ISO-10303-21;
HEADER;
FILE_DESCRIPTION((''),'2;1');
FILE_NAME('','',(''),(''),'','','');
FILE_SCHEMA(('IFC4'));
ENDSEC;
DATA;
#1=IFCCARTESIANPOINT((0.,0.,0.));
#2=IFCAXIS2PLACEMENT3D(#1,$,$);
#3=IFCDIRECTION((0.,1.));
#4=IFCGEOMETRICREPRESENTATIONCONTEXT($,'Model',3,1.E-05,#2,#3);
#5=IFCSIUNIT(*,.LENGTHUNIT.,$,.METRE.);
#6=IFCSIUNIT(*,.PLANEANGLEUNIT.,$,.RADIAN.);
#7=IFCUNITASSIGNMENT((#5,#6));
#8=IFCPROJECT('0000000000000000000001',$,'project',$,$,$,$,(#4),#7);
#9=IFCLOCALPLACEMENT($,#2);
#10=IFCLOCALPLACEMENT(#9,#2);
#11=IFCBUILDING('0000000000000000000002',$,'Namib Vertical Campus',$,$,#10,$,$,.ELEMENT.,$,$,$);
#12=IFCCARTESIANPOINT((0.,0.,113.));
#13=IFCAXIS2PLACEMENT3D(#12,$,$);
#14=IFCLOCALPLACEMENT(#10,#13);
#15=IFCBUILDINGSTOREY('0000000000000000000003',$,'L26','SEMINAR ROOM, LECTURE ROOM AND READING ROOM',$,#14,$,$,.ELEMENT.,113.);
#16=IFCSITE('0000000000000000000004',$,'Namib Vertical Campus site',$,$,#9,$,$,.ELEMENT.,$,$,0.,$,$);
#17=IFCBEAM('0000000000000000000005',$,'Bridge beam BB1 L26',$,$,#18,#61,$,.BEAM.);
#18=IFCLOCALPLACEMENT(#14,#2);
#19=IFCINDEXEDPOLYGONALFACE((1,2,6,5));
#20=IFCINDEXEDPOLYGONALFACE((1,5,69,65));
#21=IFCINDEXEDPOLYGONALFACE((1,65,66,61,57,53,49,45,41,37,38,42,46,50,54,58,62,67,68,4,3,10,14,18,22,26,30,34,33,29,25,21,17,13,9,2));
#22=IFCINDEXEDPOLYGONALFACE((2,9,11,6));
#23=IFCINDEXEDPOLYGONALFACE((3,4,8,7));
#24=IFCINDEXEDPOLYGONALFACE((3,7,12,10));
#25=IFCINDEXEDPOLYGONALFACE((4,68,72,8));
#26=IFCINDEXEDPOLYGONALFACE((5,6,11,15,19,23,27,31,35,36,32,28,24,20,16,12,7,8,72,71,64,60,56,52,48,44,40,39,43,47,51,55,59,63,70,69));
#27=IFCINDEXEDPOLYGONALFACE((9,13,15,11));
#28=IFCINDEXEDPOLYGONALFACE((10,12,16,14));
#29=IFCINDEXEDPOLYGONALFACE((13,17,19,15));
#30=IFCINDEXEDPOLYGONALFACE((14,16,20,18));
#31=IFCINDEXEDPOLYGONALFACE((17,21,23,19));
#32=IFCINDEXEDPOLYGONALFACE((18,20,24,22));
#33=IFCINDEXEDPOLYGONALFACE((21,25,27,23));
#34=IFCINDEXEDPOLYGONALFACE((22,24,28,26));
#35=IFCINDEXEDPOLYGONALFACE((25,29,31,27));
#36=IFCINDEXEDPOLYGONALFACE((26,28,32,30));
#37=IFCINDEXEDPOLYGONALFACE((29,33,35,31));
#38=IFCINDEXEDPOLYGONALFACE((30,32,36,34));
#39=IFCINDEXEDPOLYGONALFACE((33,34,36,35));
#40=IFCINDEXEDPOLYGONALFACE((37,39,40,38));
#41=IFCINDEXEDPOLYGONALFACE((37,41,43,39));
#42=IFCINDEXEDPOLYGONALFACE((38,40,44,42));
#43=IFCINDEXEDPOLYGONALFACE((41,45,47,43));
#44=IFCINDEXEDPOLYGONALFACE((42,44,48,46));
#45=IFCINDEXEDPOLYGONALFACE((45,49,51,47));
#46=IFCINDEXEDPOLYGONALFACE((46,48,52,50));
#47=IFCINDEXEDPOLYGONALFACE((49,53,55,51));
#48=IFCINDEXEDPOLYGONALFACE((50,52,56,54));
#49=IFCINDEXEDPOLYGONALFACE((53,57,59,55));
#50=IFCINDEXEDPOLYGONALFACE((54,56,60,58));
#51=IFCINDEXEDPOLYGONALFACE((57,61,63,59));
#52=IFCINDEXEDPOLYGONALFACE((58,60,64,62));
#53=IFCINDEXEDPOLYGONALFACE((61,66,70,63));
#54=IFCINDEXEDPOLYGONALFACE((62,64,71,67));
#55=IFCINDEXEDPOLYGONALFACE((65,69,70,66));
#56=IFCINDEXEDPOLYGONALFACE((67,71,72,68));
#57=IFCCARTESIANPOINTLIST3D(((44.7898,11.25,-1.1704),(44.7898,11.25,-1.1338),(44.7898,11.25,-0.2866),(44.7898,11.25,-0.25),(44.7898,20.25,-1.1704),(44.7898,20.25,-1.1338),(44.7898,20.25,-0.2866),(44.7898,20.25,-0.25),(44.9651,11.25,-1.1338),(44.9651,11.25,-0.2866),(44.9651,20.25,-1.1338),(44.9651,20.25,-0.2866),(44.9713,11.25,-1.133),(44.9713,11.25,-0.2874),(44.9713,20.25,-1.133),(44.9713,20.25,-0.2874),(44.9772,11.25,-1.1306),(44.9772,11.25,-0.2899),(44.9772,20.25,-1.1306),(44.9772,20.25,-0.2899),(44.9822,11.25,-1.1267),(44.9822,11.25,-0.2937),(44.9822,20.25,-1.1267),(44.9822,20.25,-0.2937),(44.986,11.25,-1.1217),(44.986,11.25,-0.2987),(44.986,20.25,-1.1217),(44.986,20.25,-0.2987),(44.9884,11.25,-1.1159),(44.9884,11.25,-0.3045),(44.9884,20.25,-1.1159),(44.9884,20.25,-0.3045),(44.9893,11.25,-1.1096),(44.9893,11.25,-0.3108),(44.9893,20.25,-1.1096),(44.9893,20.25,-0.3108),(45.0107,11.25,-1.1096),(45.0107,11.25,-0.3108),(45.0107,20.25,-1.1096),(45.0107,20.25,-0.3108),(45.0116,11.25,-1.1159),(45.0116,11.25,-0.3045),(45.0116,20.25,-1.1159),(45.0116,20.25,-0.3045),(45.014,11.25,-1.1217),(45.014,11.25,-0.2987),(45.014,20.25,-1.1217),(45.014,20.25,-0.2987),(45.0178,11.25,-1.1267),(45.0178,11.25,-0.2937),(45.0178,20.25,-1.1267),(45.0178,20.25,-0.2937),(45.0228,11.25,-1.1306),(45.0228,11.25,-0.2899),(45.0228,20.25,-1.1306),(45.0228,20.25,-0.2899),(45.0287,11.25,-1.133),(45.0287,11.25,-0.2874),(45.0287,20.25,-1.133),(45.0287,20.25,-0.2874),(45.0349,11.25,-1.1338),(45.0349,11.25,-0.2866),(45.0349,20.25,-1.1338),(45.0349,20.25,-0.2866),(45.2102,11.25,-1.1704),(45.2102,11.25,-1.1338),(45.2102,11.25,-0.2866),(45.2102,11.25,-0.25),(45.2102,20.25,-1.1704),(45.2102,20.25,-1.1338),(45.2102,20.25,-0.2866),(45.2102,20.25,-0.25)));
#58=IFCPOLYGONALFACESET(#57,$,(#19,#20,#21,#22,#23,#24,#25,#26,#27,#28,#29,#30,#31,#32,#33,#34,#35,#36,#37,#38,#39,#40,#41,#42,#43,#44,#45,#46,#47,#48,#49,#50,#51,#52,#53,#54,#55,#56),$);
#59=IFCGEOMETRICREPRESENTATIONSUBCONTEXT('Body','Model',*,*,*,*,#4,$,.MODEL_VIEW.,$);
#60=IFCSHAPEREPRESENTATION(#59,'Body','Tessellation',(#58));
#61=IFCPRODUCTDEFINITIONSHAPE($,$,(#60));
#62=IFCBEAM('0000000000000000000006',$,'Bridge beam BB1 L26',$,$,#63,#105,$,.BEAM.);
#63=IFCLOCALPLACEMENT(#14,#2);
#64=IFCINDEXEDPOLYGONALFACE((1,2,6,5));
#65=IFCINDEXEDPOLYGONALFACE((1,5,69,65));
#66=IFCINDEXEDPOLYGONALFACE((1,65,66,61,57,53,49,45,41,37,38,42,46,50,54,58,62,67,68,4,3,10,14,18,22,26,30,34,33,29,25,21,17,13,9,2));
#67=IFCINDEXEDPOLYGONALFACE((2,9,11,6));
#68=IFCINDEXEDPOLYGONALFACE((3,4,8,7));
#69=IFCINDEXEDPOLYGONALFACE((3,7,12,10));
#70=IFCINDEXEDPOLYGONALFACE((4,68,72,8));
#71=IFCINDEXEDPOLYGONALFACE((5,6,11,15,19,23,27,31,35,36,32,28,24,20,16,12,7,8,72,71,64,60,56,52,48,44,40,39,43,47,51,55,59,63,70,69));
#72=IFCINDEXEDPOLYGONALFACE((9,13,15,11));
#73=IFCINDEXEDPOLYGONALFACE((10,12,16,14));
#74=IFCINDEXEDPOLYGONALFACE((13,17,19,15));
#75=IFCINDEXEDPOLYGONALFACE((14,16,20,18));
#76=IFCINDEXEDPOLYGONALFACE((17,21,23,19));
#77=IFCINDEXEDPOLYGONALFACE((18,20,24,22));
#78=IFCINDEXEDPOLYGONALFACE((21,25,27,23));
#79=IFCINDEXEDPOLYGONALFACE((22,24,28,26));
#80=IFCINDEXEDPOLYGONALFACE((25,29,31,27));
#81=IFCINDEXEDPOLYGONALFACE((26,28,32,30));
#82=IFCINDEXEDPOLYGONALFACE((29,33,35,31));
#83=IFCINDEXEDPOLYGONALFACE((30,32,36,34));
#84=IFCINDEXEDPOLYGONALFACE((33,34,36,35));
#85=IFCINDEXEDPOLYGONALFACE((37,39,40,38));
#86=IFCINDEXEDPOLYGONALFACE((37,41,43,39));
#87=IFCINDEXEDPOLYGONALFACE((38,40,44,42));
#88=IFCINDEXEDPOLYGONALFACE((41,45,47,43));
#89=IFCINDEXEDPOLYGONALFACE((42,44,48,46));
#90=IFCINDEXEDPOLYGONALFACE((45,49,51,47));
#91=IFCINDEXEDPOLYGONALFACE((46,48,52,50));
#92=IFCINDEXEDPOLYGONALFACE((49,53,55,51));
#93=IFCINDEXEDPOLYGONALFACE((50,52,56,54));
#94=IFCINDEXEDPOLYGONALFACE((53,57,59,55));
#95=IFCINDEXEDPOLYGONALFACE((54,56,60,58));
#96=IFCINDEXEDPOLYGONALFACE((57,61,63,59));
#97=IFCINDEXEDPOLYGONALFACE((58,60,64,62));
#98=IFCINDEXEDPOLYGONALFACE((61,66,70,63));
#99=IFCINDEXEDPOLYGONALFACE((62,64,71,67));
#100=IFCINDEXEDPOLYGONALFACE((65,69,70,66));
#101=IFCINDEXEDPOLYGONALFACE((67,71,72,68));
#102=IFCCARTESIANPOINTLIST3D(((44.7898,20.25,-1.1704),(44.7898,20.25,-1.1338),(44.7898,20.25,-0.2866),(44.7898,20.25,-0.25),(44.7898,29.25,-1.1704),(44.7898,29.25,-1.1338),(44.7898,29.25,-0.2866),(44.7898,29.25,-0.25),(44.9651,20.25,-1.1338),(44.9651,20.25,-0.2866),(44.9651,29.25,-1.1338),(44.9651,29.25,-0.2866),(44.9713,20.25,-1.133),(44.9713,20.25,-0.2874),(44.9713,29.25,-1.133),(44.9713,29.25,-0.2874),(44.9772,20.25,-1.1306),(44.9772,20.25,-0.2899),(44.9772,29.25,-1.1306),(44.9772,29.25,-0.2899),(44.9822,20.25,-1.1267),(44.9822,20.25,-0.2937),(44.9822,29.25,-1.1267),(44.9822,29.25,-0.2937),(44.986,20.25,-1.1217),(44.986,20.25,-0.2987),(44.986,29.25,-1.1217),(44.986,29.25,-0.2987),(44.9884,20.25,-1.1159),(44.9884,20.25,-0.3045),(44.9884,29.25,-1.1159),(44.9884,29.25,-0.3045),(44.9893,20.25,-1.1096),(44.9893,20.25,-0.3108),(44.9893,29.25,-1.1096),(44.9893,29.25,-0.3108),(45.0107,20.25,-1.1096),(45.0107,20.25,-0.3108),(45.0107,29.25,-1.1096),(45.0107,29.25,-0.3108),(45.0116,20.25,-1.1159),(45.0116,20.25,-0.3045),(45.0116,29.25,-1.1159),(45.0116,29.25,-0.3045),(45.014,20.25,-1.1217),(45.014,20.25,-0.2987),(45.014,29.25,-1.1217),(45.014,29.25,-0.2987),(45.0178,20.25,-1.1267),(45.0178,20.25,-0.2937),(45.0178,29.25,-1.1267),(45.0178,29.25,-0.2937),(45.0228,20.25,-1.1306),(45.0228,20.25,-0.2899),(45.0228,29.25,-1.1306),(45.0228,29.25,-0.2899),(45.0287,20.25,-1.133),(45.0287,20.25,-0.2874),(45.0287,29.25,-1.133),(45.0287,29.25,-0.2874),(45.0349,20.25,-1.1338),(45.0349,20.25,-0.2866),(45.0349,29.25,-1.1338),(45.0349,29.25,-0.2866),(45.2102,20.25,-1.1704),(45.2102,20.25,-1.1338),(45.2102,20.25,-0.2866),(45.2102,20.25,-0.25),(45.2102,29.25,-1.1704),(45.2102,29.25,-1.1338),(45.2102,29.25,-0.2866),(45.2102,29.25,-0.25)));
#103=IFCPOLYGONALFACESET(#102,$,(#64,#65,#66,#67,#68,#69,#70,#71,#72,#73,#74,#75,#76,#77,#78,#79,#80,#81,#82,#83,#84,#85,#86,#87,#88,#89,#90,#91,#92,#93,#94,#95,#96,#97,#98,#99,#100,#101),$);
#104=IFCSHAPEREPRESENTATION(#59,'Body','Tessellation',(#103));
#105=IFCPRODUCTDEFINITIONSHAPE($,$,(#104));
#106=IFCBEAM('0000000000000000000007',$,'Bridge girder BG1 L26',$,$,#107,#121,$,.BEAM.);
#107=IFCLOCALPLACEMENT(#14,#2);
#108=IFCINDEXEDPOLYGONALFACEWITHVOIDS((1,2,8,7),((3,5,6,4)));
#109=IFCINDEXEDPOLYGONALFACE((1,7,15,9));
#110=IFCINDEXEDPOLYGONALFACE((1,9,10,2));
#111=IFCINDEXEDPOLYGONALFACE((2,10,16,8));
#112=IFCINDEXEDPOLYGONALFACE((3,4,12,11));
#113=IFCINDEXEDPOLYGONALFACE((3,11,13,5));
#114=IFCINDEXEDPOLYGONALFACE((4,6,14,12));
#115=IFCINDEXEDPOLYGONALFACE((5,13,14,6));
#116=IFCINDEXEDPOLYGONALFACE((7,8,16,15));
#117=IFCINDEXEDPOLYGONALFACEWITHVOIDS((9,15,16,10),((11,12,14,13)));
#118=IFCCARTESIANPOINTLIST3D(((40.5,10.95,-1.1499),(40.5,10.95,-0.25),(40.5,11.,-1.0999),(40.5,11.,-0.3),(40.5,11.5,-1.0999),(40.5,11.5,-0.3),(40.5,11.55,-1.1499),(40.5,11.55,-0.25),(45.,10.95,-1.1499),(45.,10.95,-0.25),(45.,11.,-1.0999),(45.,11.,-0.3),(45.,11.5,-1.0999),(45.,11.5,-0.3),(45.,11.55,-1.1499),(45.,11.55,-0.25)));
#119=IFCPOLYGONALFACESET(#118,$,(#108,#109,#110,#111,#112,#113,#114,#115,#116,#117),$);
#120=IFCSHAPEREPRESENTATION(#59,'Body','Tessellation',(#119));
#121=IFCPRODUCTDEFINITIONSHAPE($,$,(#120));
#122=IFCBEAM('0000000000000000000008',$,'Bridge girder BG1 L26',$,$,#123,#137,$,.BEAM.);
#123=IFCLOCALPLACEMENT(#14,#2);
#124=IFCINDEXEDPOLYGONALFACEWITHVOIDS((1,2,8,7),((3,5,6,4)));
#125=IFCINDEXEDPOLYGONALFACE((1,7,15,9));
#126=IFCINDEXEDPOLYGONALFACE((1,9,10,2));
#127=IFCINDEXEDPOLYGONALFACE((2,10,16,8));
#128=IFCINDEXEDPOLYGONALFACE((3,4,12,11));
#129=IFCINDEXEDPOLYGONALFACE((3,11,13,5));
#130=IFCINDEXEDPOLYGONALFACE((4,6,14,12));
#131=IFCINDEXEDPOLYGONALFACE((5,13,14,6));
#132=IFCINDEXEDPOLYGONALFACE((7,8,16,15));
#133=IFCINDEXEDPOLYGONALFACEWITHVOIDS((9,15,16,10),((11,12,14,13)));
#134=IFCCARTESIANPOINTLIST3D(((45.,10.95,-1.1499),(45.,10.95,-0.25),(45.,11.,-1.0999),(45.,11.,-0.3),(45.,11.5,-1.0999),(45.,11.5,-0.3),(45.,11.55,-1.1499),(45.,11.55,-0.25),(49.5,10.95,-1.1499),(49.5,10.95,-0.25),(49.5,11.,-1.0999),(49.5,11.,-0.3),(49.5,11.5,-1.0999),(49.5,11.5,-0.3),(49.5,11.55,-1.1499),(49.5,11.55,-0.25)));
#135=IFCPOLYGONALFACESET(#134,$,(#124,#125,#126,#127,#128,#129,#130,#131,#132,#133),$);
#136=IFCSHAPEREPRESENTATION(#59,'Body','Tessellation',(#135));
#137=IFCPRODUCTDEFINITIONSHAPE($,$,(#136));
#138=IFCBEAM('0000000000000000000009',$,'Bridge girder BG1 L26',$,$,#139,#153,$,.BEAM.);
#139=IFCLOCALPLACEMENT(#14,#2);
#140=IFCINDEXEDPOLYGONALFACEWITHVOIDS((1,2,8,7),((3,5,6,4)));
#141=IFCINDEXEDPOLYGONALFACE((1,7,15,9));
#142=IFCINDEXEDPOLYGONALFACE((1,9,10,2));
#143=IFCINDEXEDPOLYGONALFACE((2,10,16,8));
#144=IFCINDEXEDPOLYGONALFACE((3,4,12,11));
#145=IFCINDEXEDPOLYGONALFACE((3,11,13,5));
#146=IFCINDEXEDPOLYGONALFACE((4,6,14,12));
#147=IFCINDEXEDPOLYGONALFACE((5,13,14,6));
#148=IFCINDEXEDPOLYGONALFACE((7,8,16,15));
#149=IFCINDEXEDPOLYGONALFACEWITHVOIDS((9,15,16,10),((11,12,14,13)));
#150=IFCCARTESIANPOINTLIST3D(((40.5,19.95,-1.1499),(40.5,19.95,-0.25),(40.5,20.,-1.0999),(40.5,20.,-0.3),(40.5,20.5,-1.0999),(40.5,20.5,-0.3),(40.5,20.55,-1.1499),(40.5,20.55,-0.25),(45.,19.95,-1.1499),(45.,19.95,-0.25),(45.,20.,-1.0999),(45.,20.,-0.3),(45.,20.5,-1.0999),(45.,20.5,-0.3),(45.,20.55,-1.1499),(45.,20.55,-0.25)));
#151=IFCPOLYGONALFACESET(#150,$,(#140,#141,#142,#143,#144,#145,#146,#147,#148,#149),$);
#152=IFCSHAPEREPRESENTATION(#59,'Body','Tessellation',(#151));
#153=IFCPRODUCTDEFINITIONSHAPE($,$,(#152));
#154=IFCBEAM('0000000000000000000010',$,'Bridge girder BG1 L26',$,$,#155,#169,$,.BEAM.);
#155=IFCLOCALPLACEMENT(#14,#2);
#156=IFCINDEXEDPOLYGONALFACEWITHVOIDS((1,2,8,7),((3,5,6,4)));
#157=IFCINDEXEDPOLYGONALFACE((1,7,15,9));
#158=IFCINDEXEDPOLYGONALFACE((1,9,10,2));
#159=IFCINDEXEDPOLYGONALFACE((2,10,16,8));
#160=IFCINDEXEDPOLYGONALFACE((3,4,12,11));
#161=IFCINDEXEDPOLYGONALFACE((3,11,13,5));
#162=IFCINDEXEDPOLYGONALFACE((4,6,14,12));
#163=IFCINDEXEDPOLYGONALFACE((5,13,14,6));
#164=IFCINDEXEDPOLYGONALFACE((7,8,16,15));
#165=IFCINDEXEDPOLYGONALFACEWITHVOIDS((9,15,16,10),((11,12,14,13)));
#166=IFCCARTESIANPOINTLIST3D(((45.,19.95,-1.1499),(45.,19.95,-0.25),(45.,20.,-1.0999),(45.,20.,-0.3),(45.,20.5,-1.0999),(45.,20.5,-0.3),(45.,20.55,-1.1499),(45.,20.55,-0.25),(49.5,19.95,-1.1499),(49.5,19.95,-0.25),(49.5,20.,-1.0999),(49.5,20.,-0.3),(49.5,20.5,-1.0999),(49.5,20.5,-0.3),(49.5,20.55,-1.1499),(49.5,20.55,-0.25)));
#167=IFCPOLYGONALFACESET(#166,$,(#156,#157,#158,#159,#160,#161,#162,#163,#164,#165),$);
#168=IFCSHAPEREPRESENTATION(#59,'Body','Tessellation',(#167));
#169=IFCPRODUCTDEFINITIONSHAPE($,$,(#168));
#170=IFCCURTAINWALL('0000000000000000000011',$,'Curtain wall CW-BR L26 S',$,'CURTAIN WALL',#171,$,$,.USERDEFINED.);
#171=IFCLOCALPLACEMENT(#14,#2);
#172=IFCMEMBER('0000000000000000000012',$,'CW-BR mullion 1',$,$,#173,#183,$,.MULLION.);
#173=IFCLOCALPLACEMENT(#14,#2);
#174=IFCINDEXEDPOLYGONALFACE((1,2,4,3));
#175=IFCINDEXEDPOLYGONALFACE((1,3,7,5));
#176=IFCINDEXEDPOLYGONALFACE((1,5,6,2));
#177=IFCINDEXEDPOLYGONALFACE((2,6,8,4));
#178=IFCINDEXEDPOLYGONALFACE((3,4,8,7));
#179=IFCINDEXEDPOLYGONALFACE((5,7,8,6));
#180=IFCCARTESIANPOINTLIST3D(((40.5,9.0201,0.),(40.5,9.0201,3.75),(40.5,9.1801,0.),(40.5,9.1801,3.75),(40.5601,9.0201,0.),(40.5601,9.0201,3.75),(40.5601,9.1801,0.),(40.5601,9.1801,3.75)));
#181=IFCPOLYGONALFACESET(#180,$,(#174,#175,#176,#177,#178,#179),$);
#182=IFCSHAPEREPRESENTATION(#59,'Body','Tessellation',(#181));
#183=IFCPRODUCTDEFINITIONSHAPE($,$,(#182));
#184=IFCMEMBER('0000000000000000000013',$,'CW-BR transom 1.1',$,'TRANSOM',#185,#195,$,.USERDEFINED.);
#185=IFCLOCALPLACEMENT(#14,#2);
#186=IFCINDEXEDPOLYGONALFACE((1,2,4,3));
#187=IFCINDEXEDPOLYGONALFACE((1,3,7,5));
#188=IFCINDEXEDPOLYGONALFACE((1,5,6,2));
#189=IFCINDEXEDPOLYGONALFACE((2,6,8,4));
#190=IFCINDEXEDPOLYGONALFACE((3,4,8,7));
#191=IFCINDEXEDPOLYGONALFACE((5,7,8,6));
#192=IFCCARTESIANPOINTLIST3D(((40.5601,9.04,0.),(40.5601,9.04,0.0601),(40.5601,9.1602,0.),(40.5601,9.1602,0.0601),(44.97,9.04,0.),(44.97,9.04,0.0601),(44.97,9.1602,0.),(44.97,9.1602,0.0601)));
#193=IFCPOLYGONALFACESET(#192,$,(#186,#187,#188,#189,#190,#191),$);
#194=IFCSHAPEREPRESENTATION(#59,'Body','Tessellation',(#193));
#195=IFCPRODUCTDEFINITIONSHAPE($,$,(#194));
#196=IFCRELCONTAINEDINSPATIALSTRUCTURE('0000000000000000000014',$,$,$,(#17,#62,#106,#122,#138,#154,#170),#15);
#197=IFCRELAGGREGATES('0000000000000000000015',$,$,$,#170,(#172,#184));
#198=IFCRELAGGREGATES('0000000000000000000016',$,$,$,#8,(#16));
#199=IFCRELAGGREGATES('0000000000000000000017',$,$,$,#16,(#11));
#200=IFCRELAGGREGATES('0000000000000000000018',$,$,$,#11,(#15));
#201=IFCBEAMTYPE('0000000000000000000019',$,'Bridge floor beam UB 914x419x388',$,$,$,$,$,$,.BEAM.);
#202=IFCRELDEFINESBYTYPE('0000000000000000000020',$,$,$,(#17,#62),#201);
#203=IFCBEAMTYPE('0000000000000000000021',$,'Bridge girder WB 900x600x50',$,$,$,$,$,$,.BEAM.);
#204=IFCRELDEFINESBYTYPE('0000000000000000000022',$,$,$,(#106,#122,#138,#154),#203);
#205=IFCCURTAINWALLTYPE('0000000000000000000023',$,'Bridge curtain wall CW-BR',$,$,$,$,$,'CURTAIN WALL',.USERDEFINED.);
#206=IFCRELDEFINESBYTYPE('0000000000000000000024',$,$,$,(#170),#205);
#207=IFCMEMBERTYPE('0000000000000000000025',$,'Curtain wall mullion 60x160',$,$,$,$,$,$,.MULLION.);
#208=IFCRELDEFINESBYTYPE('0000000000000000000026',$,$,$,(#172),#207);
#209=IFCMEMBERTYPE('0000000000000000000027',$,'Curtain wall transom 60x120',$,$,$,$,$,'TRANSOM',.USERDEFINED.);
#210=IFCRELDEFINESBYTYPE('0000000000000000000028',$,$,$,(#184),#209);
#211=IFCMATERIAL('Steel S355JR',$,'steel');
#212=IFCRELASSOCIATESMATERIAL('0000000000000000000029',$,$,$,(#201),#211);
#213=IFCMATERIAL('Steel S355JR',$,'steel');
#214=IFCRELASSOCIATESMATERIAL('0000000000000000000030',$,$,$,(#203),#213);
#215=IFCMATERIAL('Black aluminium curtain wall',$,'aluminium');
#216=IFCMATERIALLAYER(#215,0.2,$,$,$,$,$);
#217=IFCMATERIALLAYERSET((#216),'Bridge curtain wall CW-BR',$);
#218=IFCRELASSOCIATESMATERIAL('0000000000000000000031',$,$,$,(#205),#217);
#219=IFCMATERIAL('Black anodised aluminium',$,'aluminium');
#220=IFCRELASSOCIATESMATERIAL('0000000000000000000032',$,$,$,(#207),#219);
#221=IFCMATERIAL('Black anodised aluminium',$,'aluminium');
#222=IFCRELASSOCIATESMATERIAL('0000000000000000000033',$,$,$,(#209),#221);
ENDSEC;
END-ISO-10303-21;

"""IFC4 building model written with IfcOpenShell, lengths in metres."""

from ifc_helpers import new_model, si_unit, direction, frame, origin, origin_2d, place, context, subcontext, project, spatial, rectangle, hollow_rectangle, i_section, extrude, material, layer, layer_set, material_profile, profile_set, type_object, element, aggregate, save


model = new_model("IFC4")

# Units and contexts
model_context = context("Model", 3, precision=1e-05, world=origin(), true_north=direction((0.0, 1.0)))
body_context = subcontext(model_context, "Body", "Model", "MODEL_VIEW")
ifc_project = project(units=[si_unit("LENGTHUNIT", "METRE"), si_unit("PLANEANGLEUNIT", "RADIAN")], contexts=[model_context])

# Site, building, storey
site_placement = place(None, origin())
site = spatial("IfcSite", under=ifc_project, at=site_placement, Name="Namib Vertical Campus site", CompositionType="ELEMENT", RefElevation=0.0)
building_placement = place(site_placement, origin())
building = spatial("IfcBuilding", under=site, at=building_placement, Name="Namib Vertical Campus", CompositionType="ELEMENT")
storey_placement = place(building_placement, frame((0.0, 0.0, 113.0)))
storey = spatial("IfcBuildingStorey", under=building, at=storey_placement, Name="L26", Description="SEMINAR ROOM, LECTURE ROOM AND READING ROOM", CompositionType="ELEMENT", Elevation=113.0)

# Beams
ifc_material_1 = material(Name="Steel S355JR", Category="steel")
ifc_material_profile_1 = material_profile(ifc_material_1, i_section(OverallWidth=0.4204, OverallDepth=0.9204, WebThickness=0.0215, FlangeThickness=0.0366, FilletRadius=0.0242, at=origin_2d()))
ifc_profile_set_1 = profile_set([ifc_material_profile_1], Name="Steel S355JR")
beam_type_1 = type_object("IfcBeamType", Name="Bridge floor beam UB 914x419x388", PredefinedType="BEAM", material=ifc_profile_set_1)
for number, where, z_axis, x_axis, name in (
    (1, (45.0, 11.25, -0.7102), (0.0, 1.0, 0.0), (-1.0, 0.0, 0.0), "Bridge beam BB1 L26"),
    (2, (45.0, 20.25, -0.7102), (0.0, 1.0, 0.0), (-1.0, 0.0, 0.0), "Bridge beam BB1 L26"),
):
    element("IfcBeam", number, at=place(storey_placement, frame(where, z_axis=z_axis, x_axis=x_axis)), inside=storey, type_object=beam_type_1, Name=name, PredefinedType="BEAM", context=body_context, shape_type="SweptSolid", body=[
        extrude(i_section(OverallWidth=0.4204, OverallDepth=0.9204, WebThickness=0.0215, FlangeThickness=0.0366, FilletRadius=0.0242, at=origin_2d()), origin(), (0.0, 0.0, 1.0), 9.0),
    ])
ifc_material_2 = material(Name="Steel S355JR", Category="steel")
ifc_material_profile_2 = material_profile(ifc_material_2, hollow_rectangle(XDim=0.6001, YDim=0.8999, WallThickness=0.05, at=origin_2d()))
ifc_profile_set_2 = profile_set([ifc_material_profile_2], Name="Steel S355JR")
beam_type_2 = type_object("IfcBeamType", Name="Bridge girder WB 900x600x50", PredefinedType="BEAM", material=ifc_profile_set_2)
for number, where, z_axis, x_axis, name in (
    (3, (40.5, 11.25, -0.7), (1.0, 0.0, 0.0), (0.0, 1.0, 0.0), "Bridge girder BG1 L26"),
    (4, (45.0, 11.25, -0.7), (1.0, 0.0, 0.0), (0.0, 1.0, 0.0), "Bridge girder BG1 L26"),
    (5, (40.5, 20.25, -0.7), (1.0, 0.0, 0.0), (0.0, 1.0, 0.0), "Bridge girder BG1 L26"),
    (6, (45.0, 20.25, -0.7), (1.0, 0.0, 0.0), (0.0, 1.0, 0.0), "Bridge girder BG1 L26"),
):
    element("IfcBeam", number, at=place(storey_placement, frame(where, z_axis=z_axis, x_axis=x_axis)), inside=storey, type_object=beam_type_2, Name=name, PredefinedType="BEAM", context=body_context, shape_type="SweptSolid", body=[
        extrude(hollow_rectangle(XDim=0.6001, YDim=0.8999, WallThickness=0.05, at=origin_2d()), origin(), (0.0, 0.0, 1.0), 4.5),
    ])

# Curtain wall, members
ifc_material_3 = material(Name="Black aluminium curtain wall", Category="aluminium")
ifc_layer_1 = layer(ifc_material_3, 0.2)
ifc_layer_set_1 = layer_set([ifc_layer_1], Name="Bridge curtain wall CW-BR")
curtain_wall_type = type_object("IfcCurtainWallType", Name="Bridge curtain wall CW-BR", ElementType="CURTAIN WALL", PredefinedType="USERDEFINED", material=ifc_layer_set_1)
curtain_wall_placement = place(storey_placement, origin())
curtain_wall = element("IfcCurtainWall", 7, at=curtain_wall_placement, inside=storey, type_object=curtain_wall_type, Name="Curtain wall CW-BR L26 S", ObjectType="CURTAIN WALL", PredefinedType="USERDEFINED")
ifc_material_4 = material(Name="Black anodised aluminium", Category="aluminium")
ifc_material_profile_3 = material_profile(ifc_material_4, rectangle(XDim=0.0601, YDim=0.1599, at=origin_2d()))
ifc_profile_set_3 = profile_set([ifc_material_profile_3], Name="Black anodised aluminium")
member_type_1 = type_object("IfcMemberType", Name="Curtain wall mullion 60x160", PredefinedType="MULLION", material=ifc_profile_set_3)
member_1_placement = place(storey_placement, frame((40.53, 9.1001, 0.0), z_axis=(0.0, 0.0, 1.0), x_axis=(1.0, 0.0, 0.0)))
member_1 = element("IfcMember", 8, at=member_1_placement, type_object=member_type_1, Name="CW-BR mullion 1", PredefinedType="MULLION", context=body_context, shape_type="SweptSolid", body=[
    extrude(rectangle(XDim=0.0601, YDim=0.1599, at=origin_2d()), origin(), (0.0, 0.0, 1.0), 3.75),
])
ifc_material_5 = material(Name="Black anodised aluminium", Category="aluminium")
ifc_material_profile_4 = material_profile(ifc_material_5, rectangle(XDim=0.0601, YDim=0.1201, at=origin_2d()))
ifc_profile_set_4 = profile_set([ifc_material_profile_4], Name="Black anodised aluminium")
member_type_2 = type_object("IfcMemberType", Name="Curtain wall transom 60x120", ElementType="TRANSOM", PredefinedType="USERDEFINED", material=ifc_profile_set_4)
member_2_placement = place(storey_placement, frame((40.5601, 9.1001, 0.03), z_axis=(1.0, 0.0, 0.0), x_axis=(0.0, 0.0, 1.0)))
member_2 = element("IfcMember", 9, at=member_2_placement, type_object=member_type_2, Name="CW-BR transom 1.1", ObjectType="TRANSOM", PredefinedType="USERDEFINED", context=body_context, shape_type="SweptSolid", body=[
    extrude(rectangle(XDim=0.0601, YDim=0.1201, at=origin_2d()), origin(), (0.0, 0.0, 1.0), 4.4099),
])

aggregate(curtain_wall, [member_1, member_2])

save(model, "model.ifc")
